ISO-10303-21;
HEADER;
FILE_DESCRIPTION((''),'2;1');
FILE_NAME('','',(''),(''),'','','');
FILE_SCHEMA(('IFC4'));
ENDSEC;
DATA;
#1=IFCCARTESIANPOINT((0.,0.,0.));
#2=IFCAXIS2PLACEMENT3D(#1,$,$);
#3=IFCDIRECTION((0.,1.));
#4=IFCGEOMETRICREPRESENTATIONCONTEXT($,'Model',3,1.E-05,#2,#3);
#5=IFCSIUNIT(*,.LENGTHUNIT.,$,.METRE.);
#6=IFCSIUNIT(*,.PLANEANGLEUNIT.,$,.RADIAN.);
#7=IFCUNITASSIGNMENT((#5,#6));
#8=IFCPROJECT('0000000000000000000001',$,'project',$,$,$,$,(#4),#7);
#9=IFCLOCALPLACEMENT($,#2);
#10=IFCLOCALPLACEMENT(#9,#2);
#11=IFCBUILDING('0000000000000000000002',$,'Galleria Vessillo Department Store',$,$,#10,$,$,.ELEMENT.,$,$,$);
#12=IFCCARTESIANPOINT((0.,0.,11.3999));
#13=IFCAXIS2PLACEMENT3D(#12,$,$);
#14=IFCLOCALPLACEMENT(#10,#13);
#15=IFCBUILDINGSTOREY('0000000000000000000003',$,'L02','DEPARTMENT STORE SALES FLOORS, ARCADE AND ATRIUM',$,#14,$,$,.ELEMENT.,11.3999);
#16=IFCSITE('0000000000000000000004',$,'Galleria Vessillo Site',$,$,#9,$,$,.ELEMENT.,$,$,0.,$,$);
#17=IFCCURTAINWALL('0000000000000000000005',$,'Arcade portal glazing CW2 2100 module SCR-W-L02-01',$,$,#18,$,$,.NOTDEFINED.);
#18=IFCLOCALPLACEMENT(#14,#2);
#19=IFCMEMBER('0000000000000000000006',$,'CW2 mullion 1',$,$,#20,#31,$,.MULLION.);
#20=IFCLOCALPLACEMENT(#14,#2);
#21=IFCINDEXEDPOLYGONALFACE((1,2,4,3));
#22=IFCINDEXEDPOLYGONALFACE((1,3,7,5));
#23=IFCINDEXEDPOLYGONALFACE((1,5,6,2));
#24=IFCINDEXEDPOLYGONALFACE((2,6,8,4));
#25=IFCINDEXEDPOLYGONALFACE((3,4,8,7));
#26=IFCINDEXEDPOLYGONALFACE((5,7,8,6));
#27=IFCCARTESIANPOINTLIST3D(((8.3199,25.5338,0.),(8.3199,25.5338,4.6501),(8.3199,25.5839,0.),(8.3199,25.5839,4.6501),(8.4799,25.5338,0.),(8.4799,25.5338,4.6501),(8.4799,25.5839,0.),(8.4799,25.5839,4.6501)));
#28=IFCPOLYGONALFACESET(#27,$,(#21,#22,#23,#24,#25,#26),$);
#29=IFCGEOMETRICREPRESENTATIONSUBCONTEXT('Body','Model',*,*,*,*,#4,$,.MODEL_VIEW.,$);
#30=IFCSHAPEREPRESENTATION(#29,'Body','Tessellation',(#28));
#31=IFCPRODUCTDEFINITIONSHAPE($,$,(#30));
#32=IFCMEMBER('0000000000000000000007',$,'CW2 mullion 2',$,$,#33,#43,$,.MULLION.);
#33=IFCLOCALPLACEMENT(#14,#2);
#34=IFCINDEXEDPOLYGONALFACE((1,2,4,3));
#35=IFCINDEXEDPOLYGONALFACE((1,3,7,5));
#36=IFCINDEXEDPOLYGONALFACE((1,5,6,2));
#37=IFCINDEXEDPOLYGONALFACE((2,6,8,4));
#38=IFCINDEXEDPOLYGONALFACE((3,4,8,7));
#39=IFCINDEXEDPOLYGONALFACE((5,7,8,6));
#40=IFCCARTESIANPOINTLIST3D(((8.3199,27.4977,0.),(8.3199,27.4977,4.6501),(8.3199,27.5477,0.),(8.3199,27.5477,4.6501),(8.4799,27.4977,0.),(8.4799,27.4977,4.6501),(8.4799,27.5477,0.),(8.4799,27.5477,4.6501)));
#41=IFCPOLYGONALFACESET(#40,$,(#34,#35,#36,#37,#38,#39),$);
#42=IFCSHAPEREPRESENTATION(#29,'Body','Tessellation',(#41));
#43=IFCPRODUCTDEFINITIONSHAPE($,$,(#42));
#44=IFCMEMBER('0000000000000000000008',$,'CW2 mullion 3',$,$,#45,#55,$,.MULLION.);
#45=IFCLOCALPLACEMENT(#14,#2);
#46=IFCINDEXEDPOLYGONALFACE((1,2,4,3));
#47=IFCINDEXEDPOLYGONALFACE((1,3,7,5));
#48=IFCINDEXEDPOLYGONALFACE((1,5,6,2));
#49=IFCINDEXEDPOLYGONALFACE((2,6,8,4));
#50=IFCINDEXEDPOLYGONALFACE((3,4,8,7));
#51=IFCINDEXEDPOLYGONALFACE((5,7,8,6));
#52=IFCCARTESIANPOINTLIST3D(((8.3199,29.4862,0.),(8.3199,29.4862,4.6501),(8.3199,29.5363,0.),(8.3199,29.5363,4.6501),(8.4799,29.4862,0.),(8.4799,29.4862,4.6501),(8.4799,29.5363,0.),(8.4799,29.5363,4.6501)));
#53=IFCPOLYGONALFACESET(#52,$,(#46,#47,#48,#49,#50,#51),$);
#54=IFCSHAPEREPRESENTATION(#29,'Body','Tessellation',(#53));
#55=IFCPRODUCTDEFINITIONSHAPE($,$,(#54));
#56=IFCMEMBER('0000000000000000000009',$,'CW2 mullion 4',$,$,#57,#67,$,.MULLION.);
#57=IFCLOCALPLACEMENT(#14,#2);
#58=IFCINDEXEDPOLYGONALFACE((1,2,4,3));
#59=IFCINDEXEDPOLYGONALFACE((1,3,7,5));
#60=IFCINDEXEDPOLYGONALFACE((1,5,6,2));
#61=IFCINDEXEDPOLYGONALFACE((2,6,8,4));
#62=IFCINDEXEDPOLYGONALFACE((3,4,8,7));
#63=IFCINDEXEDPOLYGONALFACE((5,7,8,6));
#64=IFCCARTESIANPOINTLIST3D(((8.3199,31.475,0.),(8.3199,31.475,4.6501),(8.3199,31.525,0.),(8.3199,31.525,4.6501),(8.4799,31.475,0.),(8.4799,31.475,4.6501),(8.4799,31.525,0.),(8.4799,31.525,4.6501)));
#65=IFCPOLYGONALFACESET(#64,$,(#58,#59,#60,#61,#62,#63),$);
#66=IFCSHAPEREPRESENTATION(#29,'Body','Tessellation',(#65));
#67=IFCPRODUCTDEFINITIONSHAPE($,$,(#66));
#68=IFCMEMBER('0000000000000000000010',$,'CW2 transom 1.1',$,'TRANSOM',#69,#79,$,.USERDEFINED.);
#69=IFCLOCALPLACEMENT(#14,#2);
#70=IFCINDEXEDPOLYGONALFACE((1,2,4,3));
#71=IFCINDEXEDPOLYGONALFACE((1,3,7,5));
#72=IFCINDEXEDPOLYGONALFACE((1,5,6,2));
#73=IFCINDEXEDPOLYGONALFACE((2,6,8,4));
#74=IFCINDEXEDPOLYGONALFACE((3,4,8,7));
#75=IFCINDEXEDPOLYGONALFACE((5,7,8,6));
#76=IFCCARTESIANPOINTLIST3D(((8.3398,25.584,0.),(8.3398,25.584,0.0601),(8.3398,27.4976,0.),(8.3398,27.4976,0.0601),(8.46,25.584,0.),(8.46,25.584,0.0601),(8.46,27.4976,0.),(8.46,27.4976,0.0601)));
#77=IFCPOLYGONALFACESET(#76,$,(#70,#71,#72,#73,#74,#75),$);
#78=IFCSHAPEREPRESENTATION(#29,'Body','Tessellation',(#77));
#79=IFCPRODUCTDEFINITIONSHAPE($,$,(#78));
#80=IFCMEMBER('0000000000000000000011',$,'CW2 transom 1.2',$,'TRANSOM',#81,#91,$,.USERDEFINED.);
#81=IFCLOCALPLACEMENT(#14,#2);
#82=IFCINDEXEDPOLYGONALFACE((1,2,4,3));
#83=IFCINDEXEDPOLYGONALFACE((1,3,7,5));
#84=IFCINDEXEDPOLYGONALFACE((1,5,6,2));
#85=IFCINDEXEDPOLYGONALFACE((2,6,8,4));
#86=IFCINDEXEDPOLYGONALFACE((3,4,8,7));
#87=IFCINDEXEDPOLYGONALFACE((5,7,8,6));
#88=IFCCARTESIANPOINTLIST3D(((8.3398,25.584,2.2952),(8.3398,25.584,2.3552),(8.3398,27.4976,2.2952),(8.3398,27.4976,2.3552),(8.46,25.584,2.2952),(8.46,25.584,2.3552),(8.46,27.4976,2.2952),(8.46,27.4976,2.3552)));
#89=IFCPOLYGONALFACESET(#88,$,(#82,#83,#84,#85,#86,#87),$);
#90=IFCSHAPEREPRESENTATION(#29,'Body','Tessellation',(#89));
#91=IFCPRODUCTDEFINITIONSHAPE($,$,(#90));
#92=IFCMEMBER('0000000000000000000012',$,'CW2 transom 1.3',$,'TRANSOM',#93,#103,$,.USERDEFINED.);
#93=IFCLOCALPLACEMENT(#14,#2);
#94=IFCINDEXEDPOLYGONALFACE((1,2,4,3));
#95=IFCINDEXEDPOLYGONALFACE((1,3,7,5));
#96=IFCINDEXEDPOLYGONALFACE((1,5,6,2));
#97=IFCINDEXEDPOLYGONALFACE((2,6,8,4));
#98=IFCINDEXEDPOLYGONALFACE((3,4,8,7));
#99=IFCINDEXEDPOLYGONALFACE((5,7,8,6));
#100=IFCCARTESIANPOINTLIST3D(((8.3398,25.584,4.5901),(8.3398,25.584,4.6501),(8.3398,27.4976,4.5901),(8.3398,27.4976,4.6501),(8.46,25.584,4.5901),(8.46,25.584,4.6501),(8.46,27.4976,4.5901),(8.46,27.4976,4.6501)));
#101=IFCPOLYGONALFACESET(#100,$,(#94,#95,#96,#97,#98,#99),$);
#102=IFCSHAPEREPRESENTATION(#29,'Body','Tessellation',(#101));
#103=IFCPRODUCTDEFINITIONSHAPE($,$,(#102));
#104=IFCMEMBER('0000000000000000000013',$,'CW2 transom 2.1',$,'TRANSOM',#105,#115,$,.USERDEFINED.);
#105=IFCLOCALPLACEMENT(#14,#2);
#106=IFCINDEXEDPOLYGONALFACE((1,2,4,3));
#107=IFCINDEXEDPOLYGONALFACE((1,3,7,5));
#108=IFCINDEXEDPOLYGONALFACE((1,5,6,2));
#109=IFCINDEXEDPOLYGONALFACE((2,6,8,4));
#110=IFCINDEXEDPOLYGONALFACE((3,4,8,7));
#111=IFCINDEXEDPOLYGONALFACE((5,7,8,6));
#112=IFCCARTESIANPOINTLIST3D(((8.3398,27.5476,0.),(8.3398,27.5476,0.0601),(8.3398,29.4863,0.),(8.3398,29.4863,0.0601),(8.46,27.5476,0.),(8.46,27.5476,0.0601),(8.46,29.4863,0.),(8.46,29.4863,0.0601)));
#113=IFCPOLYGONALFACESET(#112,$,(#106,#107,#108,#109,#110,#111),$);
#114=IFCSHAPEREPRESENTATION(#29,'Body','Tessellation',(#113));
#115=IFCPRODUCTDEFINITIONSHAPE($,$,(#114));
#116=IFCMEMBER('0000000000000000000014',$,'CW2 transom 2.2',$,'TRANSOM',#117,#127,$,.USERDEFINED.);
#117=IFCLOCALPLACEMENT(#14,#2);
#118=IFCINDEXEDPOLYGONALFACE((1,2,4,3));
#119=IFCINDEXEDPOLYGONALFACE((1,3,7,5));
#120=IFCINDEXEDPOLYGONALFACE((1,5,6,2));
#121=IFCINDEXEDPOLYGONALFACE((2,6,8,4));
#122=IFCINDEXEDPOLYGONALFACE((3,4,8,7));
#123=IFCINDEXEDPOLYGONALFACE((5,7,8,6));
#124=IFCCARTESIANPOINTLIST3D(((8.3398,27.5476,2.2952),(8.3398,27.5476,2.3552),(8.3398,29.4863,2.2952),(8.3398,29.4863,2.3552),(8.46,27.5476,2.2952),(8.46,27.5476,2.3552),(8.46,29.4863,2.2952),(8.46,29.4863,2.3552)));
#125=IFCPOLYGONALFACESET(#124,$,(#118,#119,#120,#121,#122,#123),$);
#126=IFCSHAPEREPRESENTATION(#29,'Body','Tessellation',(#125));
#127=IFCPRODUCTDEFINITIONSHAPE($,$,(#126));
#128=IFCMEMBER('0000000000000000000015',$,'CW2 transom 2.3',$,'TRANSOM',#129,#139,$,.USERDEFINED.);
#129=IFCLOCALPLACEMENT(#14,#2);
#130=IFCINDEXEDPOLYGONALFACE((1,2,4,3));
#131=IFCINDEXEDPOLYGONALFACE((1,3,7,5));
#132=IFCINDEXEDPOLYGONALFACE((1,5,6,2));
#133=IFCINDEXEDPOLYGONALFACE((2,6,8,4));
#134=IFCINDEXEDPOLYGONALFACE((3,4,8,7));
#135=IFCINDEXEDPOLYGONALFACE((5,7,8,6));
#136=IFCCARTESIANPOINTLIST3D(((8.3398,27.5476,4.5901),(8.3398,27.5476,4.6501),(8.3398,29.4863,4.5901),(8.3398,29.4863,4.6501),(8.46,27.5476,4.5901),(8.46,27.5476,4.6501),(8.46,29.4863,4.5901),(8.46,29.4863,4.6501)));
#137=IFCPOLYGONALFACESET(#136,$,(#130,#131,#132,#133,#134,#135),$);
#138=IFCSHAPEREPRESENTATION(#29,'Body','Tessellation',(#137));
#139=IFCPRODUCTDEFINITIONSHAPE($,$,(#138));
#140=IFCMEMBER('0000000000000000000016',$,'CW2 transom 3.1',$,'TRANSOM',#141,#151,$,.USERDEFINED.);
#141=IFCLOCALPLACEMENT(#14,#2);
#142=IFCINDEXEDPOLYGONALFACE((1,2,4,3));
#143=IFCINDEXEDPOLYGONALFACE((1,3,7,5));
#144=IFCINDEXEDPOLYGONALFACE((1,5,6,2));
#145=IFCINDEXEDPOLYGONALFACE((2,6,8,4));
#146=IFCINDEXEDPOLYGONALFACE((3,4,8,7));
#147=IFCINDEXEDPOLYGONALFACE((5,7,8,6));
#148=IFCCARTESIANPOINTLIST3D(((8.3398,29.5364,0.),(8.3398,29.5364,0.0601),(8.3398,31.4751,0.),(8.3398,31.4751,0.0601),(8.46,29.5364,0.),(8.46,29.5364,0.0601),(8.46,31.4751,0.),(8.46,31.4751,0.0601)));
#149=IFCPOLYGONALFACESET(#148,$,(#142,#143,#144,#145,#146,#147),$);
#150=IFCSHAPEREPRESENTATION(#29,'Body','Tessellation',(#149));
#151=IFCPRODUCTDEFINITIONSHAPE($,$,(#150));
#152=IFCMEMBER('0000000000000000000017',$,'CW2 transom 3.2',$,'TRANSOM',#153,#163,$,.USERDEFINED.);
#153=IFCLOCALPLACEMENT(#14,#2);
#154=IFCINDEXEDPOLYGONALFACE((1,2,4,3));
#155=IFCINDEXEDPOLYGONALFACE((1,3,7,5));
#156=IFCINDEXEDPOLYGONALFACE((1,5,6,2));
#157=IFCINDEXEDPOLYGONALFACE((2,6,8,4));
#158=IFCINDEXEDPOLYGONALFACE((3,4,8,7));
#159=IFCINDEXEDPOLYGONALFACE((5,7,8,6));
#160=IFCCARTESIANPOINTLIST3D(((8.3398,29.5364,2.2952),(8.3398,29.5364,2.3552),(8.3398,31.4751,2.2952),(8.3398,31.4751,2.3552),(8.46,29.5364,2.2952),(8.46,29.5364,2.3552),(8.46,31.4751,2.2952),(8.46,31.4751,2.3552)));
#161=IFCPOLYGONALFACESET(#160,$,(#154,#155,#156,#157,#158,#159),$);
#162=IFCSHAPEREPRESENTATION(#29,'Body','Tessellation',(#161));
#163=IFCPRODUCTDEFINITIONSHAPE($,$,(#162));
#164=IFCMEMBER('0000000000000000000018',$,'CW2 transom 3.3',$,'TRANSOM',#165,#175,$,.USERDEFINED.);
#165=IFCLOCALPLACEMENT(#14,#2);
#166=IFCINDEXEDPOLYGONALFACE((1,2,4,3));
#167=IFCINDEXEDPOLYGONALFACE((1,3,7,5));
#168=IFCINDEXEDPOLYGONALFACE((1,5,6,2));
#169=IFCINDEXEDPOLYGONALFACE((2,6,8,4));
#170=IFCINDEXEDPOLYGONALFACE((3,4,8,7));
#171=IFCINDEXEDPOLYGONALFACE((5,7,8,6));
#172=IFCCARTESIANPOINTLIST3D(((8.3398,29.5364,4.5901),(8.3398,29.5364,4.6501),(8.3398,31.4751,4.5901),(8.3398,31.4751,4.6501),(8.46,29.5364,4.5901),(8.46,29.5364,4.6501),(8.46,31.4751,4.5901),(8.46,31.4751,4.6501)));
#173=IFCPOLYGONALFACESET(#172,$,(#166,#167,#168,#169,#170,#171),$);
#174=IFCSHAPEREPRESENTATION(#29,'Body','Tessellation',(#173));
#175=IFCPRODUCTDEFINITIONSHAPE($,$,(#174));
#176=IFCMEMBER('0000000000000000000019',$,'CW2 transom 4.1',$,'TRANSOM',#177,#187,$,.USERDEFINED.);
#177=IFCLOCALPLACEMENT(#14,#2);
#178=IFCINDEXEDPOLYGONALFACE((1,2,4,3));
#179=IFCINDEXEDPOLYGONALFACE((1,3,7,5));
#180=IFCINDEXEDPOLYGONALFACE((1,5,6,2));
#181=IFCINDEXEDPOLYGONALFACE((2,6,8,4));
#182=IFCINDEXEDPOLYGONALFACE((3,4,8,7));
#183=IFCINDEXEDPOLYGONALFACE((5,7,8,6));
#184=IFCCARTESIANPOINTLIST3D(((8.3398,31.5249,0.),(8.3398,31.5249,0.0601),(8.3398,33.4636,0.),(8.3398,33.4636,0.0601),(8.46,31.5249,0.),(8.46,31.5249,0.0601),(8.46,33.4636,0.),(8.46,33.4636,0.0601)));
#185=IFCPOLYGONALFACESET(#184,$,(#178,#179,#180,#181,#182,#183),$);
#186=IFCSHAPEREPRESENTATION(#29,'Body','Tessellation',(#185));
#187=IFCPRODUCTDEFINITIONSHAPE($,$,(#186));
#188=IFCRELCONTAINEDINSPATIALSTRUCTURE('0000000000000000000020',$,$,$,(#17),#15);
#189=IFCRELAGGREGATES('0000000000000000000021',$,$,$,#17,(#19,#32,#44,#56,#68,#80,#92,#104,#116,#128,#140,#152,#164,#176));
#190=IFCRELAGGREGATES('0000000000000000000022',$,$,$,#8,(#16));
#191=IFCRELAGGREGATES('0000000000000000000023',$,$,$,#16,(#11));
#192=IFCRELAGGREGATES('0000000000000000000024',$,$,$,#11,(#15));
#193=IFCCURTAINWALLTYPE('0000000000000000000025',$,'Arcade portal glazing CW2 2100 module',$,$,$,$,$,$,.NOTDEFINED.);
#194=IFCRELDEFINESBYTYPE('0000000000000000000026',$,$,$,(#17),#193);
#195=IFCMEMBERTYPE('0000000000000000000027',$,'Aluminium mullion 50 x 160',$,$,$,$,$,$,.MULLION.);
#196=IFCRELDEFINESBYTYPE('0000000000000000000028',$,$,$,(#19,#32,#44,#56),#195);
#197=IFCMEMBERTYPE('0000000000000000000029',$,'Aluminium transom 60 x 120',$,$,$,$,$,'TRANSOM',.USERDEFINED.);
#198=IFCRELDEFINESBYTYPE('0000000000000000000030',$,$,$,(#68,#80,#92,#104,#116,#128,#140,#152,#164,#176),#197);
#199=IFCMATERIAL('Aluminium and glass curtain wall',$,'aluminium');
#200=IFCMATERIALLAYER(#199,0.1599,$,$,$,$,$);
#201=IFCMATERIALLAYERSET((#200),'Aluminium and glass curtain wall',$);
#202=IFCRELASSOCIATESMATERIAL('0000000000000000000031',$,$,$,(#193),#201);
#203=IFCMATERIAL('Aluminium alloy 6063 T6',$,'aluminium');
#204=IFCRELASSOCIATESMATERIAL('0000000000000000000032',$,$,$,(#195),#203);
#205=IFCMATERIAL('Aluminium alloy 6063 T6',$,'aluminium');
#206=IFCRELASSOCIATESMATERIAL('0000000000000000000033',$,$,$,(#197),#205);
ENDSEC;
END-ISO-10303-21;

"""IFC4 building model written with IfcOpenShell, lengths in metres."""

from ifc_helpers import new_model, si_unit, direction, frame, origin, origin_2d, place, context, subcontext, project, spatial, rectangle, extrude, material, layer, layer_set, material_profile, profile_set, type_object, element, aggregate, save


model = new_model("IFC4")

# Units and contexts
model_context = context("Model", 3, precision=1e-05, world=origin(), true_north=direction((0.0, 1.0)))
body_context = subcontext(model_context, "Body", "Model", "MODEL_VIEW")
ifc_project = project(units=[si_unit("LENGTHUNIT", "METRE"), si_unit("PLANEANGLEUNIT", "RADIAN")], contexts=[model_context])

# Site, building, storey
site_placement = place(None, origin())
site = spatial("IfcSite", under=ifc_project, at=site_placement, Name="Galleria Vessillo Site", CompositionType="ELEMENT", RefElevation=0.0)
building_placement = place(site_placement, origin())
building = spatial("IfcBuilding", under=site, at=building_placement, Name="Galleria Vessillo Department Store", CompositionType="ELEMENT")
storey_placement = place(building_placement, frame((0.0, 0.0, 11.3999)))
storey = spatial("IfcBuildingStorey", under=building, at=storey_placement, Name="L02", Description="DEPARTMENT STORE SALES FLOORS, ARCADE AND ATRIUM", CompositionType="ELEMENT", Elevation=11.3999)

# Curtain wall, members
ifc_material_1 = material(Name="Aluminium and glass curtain wall", Category="aluminium")
ifc_layer_1 = layer(ifc_material_1, 0.1599)
ifc_layer_set_1 = layer_set([ifc_layer_1], Name="Aluminium and glass curtain wall")
curtain_wall_type = type_object("IfcCurtainWallType", Name="Arcade portal glazing CW2 2100 module", PredefinedType="NOTDEFINED", material=ifc_layer_set_1)
curtain_wall_placement = place(storey_placement, origin())
curtain_wall = element("IfcCurtainWall", 1, at=curtain_wall_placement, inside=storey, type_object=curtain_wall_type, Name="Arcade portal glazing CW2 2100 module SCR-W-L02-01", PredefinedType="NOTDEFINED")
ifc_material_2 = material(Name="Aluminium alloy 6063 T6", Category="aluminium")
ifc_material_profile_1 = material_profile(ifc_material_2, rectangle(XDim=0.1599, YDim=0.05, at=origin_2d()), Name="AL 50x160")
ifc_profile_set_1 = profile_set([ifc_material_profile_1], Name="Aluminium alloy 6063 T6")
member_type_1 = type_object("IfcMemberType", Name="Aluminium mullion 50 x 160", PredefinedType="MULLION", material=ifc_profile_set_1)
member_1_placement = place(storey_placement, frame((8.3999, 25.5588, 0.0), z_axis=(0.0, 0.0, 1.0), x_axis=(-1.0, 0.0, 0.0)))
member_1 = element("IfcMember", 2, at=member_1_placement, type_object=member_type_1, Name="CW2 mullion 1", PredefinedType="MULLION", context=body_context, shape_type="SweptSolid", body=[
    extrude(rectangle(XDim=0.1599, YDim=0.05, at=origin_2d()), origin(), (0.0, 0.0, 1.0), 4.6501),
])
member_2_placement = place(storey_placement, frame((8.3999, 27.5227, 0.0), z_axis=(0.0, 0.0, 1.0), x_axis=(-1.0, 0.0, 0.0)))
member_2 = element("IfcMember", 3, at=member_2_placement, type_object=member_type_1, Name="CW2 mullion 2", PredefinedType="MULLION", context=body_context, shape_type="SweptSolid", body=[
    extrude(rectangle(XDim=0.1599, YDim=0.05, at=origin_2d()), origin(), (0.0, 0.0, 1.0), 4.6501),
])
member_3_placement = place(storey_placement, frame((8.3999, 29.5112, 0.0), z_axis=(0.0, 0.0, 1.0), x_axis=(-1.0, 0.0, 0.0)))
member_3 = element("IfcMember", 4, at=member_3_placement, type_object=member_type_1, Name="CW2 mullion 3", PredefinedType="MULLION", context=body_context, shape_type="SweptSolid", body=[
    extrude(rectangle(XDim=0.1599, YDim=0.05, at=origin_2d()), origin(), (0.0, 0.0, 1.0), 4.6501),
])
member_4_placement = place(storey_placement, frame((8.3999, 31.5, 0.0), z_axis=(0.0, 0.0, 1.0), x_axis=(-1.0, 0.0, 0.0)))
member_4 = element("IfcMember", 5, at=member_4_placement, type_object=member_type_1, Name="CW2 mullion 4", PredefinedType="MULLION", context=body_context, shape_type="SweptSolid", body=[
    extrude(rectangle(XDim=0.1599, YDim=0.05, at=origin_2d()), origin(), (0.0, 0.0, 1.0), 4.6501),
])
ifc_material_3 = material(Name="Aluminium alloy 6063 T6", Category="aluminium")
ifc_material_profile_2 = material_profile(ifc_material_3, rectangle(XDim=0.1201, YDim=0.0601, at=origin_2d()), Name="AL 60x120")
ifc_profile_set_2 = profile_set([ifc_material_profile_2], Name="Aluminium alloy 6063 T6")
member_type_2 = type_object("IfcMemberType", Name="Aluminium transom 60 x 120", ElementType="TRANSOM", PredefinedType="USERDEFINED", material=ifc_profile_set_2)
member_5_placement = place(storey_placement, frame((8.3999, 25.584, 0.03), z_axis=(0.0, 1.0, 0.0), x_axis=(-1.0, 0.0, 0.0)))
member_5 = element("IfcMember", 6, at=member_5_placement, type_object=member_type_2, Name="CW2 transom 1.1", ObjectType="TRANSOM", PredefinedType="USERDEFINED", context=body_context, shape_type="SweptSolid", body=[
    extrude(rectangle(XDim=0.1201, YDim=0.0601, at=origin_2d()), origin(), (0.0, 0.0, 1.0), 1.9136),
])
member_6_placement = place(storey_placement, frame((8.3999, 25.584, 2.3252), z_axis=(0.0, 1.0, 0.0), x_axis=(-1.0, 0.0, 0.0)))
member_6 = element("IfcMember", 7, at=member_6_placement, type_object=member_type_2, Name="CW2 transom 1.2", ObjectType="TRANSOM", PredefinedType="USERDEFINED", context=body_context, shape_type="SweptSolid", body=[
    extrude(rectangle(XDim=0.1201, YDim=0.0601, at=origin_2d()), origin(), (0.0, 0.0, 1.0), 1.9136),
])
member_7_placement = place(storey_placement, frame((8.3999, 25.584, 4.6201), z_axis=(0.0, 1.0, 0.0), x_axis=(-1.0, 0.0, 0.0)))
member_7 = element("IfcMember", 8, at=member_7_placement, type_object=member_type_2, Name="CW2 transom 1.3", ObjectType="TRANSOM", PredefinedType="USERDEFINED", context=body_context, shape_type="SweptSolid", body=[
    extrude(rectangle(XDim=0.1201, YDim=0.0601, at=origin_2d()), origin(), (0.0, 0.0, 1.0), 1.9136),
])
member_8_placement = place(storey_placement, frame((8.3999, 27.5476, 0.03), z_axis=(0.0, 1.0, 0.0), x_axis=(-1.0, 0.0, 0.0)))
member_8 = element("IfcMember", 9, at=member_8_placement, type_object=member_type_2, Name="CW2 transom 2.1", ObjectType="TRANSOM", PredefinedType="USERDEFINED", context=body_context, shape_type="SweptSolid", body=[
    extrude(rectangle(XDim=0.1201, YDim=0.0601, at=origin_2d()), origin(), (0.0, 0.0, 1.0), 1.9387),
])
member_9_placement = place(storey_placement, frame((8.3999, 27.5476, 2.3252), z_axis=(0.0, 1.0, 0.0), x_axis=(-1.0, 0.0, 0.0)))
member_9 = element("IfcMember", 10, at=member_9_placement, type_object=member_type_2, Name="CW2 transom 2.2", ObjectType="TRANSOM", PredefinedType="USERDEFINED", context=body_context, shape_type="SweptSolid", body=[
    extrude(rectangle(XDim=0.1201, YDim=0.0601, at=origin_2d()), origin(), (0.0, 0.0, 1.0), 1.9387),
])
member_10_placement = place(storey_placement, frame((8.3999, 27.5476, 4.6201), z_axis=(0.0, 1.0, 0.0), x_axis=(-1.0, 0.0, 0.0)))
member_10 = element("IfcMember", 11, at=member_10_placement, type_object=member_type_2, Name="CW2 transom 2.3", ObjectType="TRANSOM", PredefinedType="USERDEFINED", context=body_context, shape_type="SweptSolid", body=[
    extrude(rectangle(XDim=0.1201, YDim=0.0601, at=origin_2d()), origin(), (0.0, 0.0, 1.0), 1.9387),
])
member_11_placement = place(storey_placement, frame((8.3999, 29.5364, 0.03), z_axis=(0.0, 1.0, 0.0), x_axis=(-1.0, 0.0, 0.0)))
member_11 = element("IfcMember", 12, at=member_11_placement, type_object=member_type_2, Name="CW2 transom 3.1", ObjectType="TRANSOM", PredefinedType="USERDEFINED", context=body_context, shape_type="SweptSolid", body=[
    extrude(rectangle(XDim=0.1201, YDim=0.0601, at=origin_2d()), origin(), (0.0, 0.0, 1.0), 1.9387),
])
member_12_placement = place(storey_placement, frame((8.3999, 29.5364, 2.3252), z_axis=(0.0, 1.0, 0.0), x_axis=(-1.0, 0.0, 0.0)))
member_12 = element("IfcMember", 13, at=member_12_placement, type_object=member_type_2, Name="CW2 transom 3.2", ObjectType="TRANSOM", PredefinedType="USERDEFINED", context=body_context, shape_type="SweptSolid", body=[
    extrude(rectangle(XDim=0.1201, YDim=0.0601, at=origin_2d()), origin(), (0.0, 0.0, 1.0), 1.9387),
])
member_13_placement = place(storey_placement, frame((8.3999, 29.5364, 4.6201), z_axis=(0.0, 1.0, 0.0), x_axis=(-1.0, 0.0, 0.0)))
member_13 = element("IfcMember", 14, at=member_13_placement, type_object=member_type_2, Name="CW2 transom 3.3", ObjectType="TRANSOM", PredefinedType="USERDEFINED", context=body_context, shape_type="SweptSolid", body=[
    extrude(rectangle(XDim=0.1201, YDim=0.0601, at=origin_2d()), origin(), (0.0, 0.0, 1.0), 1.9387),
])
member_14_placement = place(storey_placement, frame((8.3999, 31.5249, 0.03), z_axis=(0.0, 1.0, 0.0), x_axis=(-1.0, 0.0, 0.0)))
member_14 = element("IfcMember", 15, at=member_14_placement, type_object=member_type_2, Name="CW2 transom 4.1", ObjectType="TRANSOM", PredefinedType="USERDEFINED", context=body_context, shape_type="SweptSolid", body=[
    extrude(rectangle(XDim=0.1201, YDim=0.0601, at=origin_2d()), origin(), (0.0, 0.0, 1.0), 1.9387),
])
aggregate(curtain_wall, [member_1, member_2, member_3, member_4, member_5, member_6, member_7, member_8, member_9, member_10, member_11, member_12, member_13, member_14])

save(model, "model.ifc")
